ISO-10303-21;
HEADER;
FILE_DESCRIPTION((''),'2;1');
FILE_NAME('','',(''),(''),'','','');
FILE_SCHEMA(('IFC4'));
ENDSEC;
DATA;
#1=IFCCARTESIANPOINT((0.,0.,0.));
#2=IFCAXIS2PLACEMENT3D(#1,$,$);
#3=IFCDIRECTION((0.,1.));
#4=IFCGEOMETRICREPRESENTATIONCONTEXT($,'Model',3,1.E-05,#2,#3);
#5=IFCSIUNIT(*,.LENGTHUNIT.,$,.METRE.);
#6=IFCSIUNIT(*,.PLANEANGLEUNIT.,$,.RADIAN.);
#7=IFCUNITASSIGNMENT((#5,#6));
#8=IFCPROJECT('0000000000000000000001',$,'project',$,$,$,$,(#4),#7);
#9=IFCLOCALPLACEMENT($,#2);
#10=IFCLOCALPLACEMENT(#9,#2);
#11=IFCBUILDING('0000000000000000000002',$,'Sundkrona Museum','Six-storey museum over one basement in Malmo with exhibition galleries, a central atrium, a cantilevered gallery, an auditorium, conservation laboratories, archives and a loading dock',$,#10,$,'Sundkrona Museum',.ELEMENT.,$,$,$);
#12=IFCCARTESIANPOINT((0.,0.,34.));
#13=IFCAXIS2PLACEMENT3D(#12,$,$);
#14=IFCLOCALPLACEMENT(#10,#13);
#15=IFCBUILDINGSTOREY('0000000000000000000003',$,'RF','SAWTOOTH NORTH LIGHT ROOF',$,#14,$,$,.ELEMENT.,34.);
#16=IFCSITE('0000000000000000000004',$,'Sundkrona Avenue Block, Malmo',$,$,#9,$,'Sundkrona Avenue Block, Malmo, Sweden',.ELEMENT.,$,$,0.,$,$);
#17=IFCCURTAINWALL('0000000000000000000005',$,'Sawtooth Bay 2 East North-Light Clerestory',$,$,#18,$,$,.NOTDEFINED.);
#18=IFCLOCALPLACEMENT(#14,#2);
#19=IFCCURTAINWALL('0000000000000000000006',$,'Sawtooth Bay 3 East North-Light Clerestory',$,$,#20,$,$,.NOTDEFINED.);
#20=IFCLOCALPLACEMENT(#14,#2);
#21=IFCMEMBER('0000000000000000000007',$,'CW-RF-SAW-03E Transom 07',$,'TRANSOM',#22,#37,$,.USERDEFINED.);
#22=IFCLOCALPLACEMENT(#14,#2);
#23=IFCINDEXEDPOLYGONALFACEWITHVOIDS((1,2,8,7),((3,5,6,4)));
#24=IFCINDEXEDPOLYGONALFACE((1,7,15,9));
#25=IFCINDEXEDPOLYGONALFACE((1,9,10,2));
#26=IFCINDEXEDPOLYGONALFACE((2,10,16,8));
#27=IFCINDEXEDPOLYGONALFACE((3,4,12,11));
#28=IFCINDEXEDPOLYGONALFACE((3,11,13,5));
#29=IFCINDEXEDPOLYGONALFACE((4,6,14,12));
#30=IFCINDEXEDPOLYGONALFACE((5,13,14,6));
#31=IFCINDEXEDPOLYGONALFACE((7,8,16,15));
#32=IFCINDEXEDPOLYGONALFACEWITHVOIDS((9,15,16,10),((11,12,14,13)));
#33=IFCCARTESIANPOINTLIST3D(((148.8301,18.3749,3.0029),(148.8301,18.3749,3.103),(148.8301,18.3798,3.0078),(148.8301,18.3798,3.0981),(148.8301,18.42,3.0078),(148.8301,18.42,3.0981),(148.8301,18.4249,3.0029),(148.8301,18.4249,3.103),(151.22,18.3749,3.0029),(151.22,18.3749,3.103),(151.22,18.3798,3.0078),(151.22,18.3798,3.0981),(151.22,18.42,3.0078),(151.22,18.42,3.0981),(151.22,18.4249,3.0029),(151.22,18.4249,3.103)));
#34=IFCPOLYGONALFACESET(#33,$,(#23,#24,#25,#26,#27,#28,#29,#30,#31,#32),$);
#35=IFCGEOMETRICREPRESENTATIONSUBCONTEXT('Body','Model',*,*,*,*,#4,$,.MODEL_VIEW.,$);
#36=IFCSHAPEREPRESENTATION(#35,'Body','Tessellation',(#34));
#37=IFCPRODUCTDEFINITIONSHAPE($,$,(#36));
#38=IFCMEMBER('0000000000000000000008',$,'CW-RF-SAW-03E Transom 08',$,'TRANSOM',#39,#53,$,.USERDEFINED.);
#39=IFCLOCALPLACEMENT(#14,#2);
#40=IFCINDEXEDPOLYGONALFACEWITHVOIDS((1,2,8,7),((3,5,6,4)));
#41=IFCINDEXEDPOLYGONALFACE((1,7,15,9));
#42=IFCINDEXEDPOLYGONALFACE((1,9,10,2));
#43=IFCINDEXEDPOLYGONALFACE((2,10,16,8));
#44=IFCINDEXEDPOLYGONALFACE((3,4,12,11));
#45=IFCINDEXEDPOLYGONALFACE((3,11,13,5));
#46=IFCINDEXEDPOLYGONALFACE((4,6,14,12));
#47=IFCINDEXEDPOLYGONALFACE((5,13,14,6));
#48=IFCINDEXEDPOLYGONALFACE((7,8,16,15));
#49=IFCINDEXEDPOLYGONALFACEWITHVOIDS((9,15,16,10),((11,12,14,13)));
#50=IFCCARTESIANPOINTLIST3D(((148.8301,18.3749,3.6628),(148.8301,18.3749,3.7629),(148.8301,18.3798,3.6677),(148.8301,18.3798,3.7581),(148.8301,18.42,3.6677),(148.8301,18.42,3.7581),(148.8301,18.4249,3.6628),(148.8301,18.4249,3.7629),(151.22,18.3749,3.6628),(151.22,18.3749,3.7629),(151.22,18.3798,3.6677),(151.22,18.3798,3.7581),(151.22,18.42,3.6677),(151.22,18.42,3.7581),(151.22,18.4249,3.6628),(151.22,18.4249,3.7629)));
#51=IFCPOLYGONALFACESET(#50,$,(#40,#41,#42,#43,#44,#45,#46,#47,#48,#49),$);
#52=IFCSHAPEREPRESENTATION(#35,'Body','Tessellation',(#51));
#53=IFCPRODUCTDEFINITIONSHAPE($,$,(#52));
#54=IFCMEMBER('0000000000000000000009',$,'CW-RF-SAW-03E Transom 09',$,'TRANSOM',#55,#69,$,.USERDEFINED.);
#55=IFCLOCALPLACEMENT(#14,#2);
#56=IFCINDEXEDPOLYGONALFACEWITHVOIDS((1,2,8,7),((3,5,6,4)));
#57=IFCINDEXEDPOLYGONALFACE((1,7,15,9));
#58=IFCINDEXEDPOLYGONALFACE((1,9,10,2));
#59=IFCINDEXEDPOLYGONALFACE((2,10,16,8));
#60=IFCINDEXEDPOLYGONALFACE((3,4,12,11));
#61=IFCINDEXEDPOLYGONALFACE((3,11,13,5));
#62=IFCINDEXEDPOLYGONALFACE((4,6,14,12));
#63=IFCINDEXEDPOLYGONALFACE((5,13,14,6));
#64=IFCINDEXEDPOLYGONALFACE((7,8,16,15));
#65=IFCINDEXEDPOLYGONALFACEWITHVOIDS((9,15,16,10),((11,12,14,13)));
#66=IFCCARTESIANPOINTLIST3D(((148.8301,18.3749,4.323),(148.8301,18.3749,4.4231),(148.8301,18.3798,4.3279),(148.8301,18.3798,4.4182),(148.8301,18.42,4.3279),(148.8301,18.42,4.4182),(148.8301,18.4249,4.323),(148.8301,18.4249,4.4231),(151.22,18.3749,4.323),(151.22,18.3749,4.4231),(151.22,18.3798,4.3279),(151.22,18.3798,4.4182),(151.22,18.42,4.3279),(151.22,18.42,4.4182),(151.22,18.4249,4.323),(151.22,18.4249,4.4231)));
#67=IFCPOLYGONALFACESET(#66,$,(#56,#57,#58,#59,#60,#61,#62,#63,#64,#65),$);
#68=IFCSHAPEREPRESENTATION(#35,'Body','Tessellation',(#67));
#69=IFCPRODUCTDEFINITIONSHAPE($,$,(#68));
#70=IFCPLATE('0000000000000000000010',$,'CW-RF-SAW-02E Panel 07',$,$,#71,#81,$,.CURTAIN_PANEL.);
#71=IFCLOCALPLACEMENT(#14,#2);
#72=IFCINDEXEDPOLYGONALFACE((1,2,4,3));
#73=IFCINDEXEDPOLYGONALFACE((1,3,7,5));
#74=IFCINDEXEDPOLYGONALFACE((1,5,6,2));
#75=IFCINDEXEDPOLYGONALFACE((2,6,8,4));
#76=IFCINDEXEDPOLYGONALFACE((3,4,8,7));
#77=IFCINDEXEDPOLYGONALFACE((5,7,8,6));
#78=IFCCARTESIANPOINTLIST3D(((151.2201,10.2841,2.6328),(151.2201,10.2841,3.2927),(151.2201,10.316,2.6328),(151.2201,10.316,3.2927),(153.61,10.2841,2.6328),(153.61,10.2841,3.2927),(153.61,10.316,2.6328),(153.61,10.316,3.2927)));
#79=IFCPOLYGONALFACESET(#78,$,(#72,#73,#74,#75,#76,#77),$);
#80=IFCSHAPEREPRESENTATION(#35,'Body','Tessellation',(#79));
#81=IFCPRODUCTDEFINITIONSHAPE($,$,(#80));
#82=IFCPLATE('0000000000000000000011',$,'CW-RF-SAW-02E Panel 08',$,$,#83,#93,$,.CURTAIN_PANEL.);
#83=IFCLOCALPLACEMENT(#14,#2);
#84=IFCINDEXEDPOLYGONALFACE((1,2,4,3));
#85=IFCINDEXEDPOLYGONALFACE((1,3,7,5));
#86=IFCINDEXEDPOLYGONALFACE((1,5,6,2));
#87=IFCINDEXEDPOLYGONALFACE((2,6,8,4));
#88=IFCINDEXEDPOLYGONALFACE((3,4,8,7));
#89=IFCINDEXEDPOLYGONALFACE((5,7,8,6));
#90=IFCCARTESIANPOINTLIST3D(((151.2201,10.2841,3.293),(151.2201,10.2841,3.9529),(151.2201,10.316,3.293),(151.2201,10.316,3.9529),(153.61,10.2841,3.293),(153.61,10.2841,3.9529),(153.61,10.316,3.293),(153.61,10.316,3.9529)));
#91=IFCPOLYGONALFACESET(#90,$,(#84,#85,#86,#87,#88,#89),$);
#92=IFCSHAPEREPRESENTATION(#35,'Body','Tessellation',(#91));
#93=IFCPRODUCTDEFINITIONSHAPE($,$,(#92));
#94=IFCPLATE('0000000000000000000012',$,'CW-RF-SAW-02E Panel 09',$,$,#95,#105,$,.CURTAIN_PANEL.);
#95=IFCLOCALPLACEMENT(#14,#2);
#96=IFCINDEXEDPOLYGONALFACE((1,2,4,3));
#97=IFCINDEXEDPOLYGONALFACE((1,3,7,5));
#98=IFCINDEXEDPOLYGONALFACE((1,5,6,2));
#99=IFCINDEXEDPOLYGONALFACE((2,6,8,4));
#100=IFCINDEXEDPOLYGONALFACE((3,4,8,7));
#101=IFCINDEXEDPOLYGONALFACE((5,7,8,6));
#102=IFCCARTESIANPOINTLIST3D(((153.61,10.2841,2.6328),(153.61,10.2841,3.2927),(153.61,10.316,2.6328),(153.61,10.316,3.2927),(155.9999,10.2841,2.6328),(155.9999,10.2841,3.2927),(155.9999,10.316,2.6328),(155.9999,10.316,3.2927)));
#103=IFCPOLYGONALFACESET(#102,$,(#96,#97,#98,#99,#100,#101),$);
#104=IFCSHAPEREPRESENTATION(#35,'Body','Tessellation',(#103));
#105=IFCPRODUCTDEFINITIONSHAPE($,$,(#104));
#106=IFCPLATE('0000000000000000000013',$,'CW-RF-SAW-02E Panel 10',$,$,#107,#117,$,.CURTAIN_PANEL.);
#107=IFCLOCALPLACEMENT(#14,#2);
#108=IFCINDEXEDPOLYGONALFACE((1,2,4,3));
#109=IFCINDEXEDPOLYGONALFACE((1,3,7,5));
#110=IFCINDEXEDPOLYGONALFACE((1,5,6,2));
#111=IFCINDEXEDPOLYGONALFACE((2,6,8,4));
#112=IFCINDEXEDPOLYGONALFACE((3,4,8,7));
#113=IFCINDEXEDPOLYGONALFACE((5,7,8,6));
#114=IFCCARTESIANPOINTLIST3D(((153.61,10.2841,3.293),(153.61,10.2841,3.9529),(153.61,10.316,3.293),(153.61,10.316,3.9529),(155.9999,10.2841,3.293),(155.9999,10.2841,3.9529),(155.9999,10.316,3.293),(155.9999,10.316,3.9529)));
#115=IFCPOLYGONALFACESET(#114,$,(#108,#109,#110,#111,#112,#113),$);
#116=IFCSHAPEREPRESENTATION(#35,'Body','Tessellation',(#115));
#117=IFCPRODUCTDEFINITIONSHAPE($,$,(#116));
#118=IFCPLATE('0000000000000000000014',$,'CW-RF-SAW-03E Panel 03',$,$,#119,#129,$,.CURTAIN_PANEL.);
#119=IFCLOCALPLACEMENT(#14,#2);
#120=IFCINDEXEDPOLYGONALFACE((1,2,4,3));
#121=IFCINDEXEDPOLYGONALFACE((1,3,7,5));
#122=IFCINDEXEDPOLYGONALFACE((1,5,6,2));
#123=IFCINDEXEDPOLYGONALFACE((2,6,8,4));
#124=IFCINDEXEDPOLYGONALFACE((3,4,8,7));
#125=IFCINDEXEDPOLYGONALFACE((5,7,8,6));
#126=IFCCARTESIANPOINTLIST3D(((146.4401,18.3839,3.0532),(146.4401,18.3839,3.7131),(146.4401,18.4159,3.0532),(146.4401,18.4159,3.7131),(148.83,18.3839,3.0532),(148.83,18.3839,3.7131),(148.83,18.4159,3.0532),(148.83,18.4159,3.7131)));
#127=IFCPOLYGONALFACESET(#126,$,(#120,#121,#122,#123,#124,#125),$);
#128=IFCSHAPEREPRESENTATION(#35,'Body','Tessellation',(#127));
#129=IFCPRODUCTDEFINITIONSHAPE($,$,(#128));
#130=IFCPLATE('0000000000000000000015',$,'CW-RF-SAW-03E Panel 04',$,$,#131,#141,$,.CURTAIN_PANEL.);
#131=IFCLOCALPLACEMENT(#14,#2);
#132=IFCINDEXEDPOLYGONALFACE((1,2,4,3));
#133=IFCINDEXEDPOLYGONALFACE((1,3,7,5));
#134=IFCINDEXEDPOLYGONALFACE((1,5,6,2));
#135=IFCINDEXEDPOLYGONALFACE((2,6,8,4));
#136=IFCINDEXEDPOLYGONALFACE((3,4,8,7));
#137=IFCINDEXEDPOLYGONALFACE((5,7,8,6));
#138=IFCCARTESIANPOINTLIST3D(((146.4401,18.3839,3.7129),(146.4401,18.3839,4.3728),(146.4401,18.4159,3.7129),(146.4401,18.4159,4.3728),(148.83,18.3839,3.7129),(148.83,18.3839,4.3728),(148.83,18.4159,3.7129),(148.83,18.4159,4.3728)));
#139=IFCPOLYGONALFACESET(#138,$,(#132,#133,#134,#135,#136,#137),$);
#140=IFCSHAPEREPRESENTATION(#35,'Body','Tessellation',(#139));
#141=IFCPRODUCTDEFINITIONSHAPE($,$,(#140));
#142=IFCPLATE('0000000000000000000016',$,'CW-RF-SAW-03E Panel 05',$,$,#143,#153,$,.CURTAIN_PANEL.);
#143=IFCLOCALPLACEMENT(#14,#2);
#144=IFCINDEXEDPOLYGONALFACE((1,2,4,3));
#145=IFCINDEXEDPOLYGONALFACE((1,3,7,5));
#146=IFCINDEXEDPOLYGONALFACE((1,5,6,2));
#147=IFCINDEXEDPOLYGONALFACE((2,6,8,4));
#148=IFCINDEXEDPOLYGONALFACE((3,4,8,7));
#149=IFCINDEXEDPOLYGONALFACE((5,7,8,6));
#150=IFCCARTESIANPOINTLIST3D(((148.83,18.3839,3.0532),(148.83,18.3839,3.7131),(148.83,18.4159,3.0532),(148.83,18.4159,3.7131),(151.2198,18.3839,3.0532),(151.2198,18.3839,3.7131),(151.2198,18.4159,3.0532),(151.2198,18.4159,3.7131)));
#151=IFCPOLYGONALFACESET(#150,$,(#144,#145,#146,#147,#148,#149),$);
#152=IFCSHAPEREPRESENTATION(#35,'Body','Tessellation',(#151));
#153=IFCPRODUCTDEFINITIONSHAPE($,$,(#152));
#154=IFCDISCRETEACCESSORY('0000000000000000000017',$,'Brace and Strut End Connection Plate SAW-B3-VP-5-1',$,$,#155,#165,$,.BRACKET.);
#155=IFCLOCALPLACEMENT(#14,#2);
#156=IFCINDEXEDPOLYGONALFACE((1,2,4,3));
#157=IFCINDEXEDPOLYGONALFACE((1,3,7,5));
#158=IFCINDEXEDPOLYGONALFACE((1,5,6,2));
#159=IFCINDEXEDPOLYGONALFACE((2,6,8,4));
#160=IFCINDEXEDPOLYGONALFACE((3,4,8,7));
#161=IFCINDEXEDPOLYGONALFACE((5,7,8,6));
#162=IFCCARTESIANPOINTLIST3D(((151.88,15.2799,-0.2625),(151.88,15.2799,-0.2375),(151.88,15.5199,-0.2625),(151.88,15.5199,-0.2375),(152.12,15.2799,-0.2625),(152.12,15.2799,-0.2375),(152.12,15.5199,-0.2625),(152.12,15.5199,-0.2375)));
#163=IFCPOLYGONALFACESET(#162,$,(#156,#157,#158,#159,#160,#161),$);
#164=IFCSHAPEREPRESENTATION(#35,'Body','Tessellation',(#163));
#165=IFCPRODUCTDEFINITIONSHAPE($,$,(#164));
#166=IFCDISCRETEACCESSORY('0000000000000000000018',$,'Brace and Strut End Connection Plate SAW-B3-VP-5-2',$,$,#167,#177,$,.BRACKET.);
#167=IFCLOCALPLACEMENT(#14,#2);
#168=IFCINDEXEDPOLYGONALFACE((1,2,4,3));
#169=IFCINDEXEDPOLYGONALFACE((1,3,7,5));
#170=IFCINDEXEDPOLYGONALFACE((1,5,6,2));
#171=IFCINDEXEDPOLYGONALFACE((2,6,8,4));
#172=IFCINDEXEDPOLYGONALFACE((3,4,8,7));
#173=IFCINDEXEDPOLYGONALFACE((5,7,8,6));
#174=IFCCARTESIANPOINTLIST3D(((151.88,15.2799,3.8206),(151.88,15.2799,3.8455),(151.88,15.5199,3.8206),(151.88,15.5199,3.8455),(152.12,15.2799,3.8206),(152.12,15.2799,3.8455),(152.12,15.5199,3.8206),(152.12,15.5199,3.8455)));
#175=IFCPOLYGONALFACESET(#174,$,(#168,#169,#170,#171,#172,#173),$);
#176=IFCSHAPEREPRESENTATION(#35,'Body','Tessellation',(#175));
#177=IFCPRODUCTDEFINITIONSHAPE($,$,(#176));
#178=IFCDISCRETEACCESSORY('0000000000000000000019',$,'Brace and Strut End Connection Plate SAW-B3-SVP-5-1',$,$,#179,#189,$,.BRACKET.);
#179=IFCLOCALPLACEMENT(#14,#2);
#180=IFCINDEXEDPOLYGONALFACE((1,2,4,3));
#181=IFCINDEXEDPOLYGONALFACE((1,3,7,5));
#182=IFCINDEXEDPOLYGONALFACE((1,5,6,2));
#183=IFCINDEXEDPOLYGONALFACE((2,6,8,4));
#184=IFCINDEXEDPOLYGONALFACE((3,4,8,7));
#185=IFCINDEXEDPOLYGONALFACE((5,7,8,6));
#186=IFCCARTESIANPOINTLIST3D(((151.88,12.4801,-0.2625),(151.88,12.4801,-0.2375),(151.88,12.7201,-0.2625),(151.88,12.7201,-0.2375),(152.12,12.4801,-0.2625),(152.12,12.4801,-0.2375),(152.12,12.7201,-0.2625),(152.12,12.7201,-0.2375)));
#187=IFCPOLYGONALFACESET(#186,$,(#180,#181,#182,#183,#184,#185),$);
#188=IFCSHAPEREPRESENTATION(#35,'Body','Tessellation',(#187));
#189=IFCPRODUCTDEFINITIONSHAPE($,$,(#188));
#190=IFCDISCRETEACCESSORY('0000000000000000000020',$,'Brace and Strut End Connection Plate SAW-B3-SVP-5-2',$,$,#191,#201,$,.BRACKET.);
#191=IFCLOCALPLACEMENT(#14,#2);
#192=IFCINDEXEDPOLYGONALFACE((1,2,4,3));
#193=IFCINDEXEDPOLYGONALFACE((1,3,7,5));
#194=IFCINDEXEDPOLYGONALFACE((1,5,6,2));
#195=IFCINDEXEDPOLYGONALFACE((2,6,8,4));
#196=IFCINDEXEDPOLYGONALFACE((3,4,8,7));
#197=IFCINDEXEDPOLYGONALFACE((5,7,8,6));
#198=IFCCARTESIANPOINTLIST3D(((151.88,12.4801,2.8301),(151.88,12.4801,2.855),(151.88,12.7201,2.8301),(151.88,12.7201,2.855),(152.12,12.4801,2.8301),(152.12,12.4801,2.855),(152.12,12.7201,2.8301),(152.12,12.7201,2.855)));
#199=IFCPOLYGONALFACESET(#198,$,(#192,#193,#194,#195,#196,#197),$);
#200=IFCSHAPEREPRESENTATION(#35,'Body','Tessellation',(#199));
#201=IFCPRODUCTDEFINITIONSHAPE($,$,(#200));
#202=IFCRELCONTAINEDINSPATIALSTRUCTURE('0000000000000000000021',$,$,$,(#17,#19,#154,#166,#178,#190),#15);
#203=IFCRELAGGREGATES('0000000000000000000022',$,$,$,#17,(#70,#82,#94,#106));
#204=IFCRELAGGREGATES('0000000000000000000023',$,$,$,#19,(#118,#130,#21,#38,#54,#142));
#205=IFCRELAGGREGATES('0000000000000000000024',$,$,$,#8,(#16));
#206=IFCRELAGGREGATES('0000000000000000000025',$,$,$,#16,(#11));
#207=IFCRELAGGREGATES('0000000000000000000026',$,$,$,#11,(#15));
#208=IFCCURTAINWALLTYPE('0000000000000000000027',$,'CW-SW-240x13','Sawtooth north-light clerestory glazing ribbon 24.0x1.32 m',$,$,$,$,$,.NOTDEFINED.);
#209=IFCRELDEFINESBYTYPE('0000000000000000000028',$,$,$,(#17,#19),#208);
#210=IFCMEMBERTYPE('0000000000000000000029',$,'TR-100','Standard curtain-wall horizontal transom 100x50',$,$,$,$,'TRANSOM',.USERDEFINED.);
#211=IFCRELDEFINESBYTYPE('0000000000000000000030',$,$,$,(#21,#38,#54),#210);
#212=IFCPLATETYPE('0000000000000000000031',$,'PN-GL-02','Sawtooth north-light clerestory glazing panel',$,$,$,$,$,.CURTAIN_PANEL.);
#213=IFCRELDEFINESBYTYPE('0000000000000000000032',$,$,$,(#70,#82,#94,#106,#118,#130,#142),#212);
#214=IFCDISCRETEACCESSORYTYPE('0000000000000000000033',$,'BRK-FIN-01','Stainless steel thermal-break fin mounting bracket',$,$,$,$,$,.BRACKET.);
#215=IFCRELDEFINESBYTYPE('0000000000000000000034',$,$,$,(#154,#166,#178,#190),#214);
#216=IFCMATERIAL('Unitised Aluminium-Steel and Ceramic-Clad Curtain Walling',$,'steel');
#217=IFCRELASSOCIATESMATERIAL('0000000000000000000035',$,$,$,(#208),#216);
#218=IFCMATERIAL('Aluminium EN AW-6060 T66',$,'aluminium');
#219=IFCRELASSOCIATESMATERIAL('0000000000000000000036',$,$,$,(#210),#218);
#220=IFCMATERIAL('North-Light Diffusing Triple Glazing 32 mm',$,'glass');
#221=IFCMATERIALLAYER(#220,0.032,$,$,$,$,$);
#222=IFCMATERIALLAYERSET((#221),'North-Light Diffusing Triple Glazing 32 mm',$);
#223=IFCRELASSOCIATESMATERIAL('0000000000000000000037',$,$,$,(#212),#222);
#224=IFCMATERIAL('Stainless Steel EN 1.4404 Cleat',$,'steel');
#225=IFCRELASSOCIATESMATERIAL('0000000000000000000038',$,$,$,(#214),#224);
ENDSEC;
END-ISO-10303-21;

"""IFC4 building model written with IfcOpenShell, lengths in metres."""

from ifc_helpers import new_model, si_unit, direction, frame, origin, origin_2d, place, context, subcontext, project, spatial, rectangle, hollow_rectangle, extrude, material, layer, layer_set, material_profile, profile_set, type_object, element, aggregate, save


model = new_model("IFC4")

# Units and contexts
model_context = context("Model", 3, precision=1e-05, world=origin(), true_north=direction((0.0, 1.0)))
body_context = subcontext(model_context, "Body", "Model", "MODEL_VIEW")
ifc_project = project(units=[si_unit("LENGTHUNIT", "METRE"), si_unit("PLANEANGLEUNIT", "RADIAN")], contexts=[model_context])

# Site, building, storey
site_placement = place(None, origin())
site = spatial("IfcSite", under=ifc_project, at=site_placement, Name="Sundkrona Avenue Block, Malmo", LongName="Sundkrona Avenue Block, Malmo, Sweden", CompositionType="ELEMENT", RefElevation=0.0)
building_placement = place(site_placement, origin())
building = spatial("IfcBuilding", under=site, at=building_placement, Name="Sundkrona Museum", Description="Six-storey museum over one basement in Malmo with exhibition galleries, a central atrium, a cantilevered gallery, an auditorium, conservation laboratories, archives and a loading dock", LongName="Sundkrona Museum", CompositionType="ELEMENT")
storey_placement = place(building_placement, frame((0.0, 0.0, 34.0)))
storey = spatial("IfcBuildingStorey", under=building, at=storey_placement, Name="RF", Description="SAWTOOTH NORTH LIGHT ROOF", CompositionType="ELEMENT", Elevation=34.0)

# Curtain walls
ifc_material_1 = material(Name="Unitised Aluminium-Steel and Ceramic-Clad Curtain Walling", Category="steel")
curtain_wall_type = type_object("IfcCurtainWallType", Name="CW-SW-240x13", Description="Sawtooth north-light clerestory glazing ribbon 24.0x1.32 m", PredefinedType="NOTDEFINED", material=ifc_material_1)
curtain_wall_1_placement = place(storey_placement, origin())
curtain_wall_1 = element("IfcCurtainWall", 1, at=curtain_wall_1_placement, inside=storey, type_object=curtain_wall_type, Name="Sawtooth Bay 2 East North-Light Clerestory", PredefinedType="NOTDEFINED")
ifc_material_2 = material(Name="Aluminium EN AW-6060 T66", Category="aluminium")
curtain_wall_2_placement = place(storey_placement, origin())
curtain_wall_2 = element("IfcCurtainWall", 2, at=curtain_wall_2_placement, inside=storey, type_object=curtain_wall_type, Name="Sawtooth Bay 3 East North-Light Clerestory", PredefinedType="NOTDEFINED")

# Members
ifc_material_profile_1 = material_profile(ifc_material_2, hollow_rectangle(XDim=0.05, YDim=0.1001, WallThickness=0.0049, at=origin_2d()), Name="RHS 100x50x5.0")
ifc_profile_set_1 = profile_set([ifc_material_profile_1], Name="Aluminium EN AW-6060 T66")
member_type_1 = type_object("IfcMemberType", Name="TR-100", Description="Standard curtain-wall horizontal transom 100x50", ElementType="TRANSOM", PredefinedType="USERDEFINED", material=ifc_profile_set_1)
member_1_placement = place(storey_placement, frame((148.8301, 18.3999, 3.053), z_axis=(1.0, 0.0, 0.0), x_axis=(0.0, 1.0, 0.0)))
member_1 = element("IfcMember", 3, at=member_1_placement, type_object=member_type_1, Name="CW-RF-SAW-03E Transom 07", ObjectType="TRANSOM", PredefinedType="USERDEFINED", context=body_context, shape_type="SweptSolid", body=[
    extrude(hollow_rectangle(XDim=0.05, YDim=0.1001, WallThickness=0.0049, at=origin_2d()), origin(), (0.0, 0.0, 1.0), 2.3899),
])
member_2_placement = place(storey_placement, frame((148.8301, 18.3999, 3.7129), z_axis=(1.0, 0.0, 0.0), x_axis=(0.0, 1.0, 0.0)))
member_2 = element("IfcMember", 4, at=member_2_placement, type_object=member_type_1, Name="CW-RF-SAW-03E Transom 08", ObjectType="TRANSOM", PredefinedType="USERDEFINED", context=body_context, shape_type="SweptSolid", body=[
    extrude(hollow_rectangle(XDim=0.05, YDim=0.1001, WallThickness=0.0049, at=origin_2d()), origin(), (0.0, 0.0, 1.0), 2.3899),
])
member_3_placement = place(storey_placement, frame((148.8301, 18.3999, 4.373), z_axis=(1.0, 0.0, 0.0), x_axis=(0.0, 1.0, 0.0)))
member_3 = element("IfcMember", 5, at=member_3_placement, type_object=member_type_1, Name="CW-RF-SAW-03E Transom 09", ObjectType="TRANSOM", PredefinedType="USERDEFINED", context=body_context, shape_type="SweptSolid", body=[
    extrude(hollow_rectangle(XDim=0.05, YDim=0.1001, WallThickness=0.0049, at=origin_2d()), origin(), (0.0, 0.0, 1.0), 2.3899),
])

# Plates
ifc_material_3 = material(Name="North-Light Diffusing Triple Glazing 32 mm", Category="glass")
ifc_layer = layer(ifc_material_3, 0.032)
ifc_layer_set = layer_set([ifc_layer], Name="North-Light Diffusing Triple Glazing 32 mm")
plate_type = type_object("IfcPlateType", Name="PN-GL-02", Description="Sawtooth north-light clerestory glazing panel", PredefinedType="CURTAIN_PANEL", material=ifc_layer_set)
plate_1_placement = place(storey_placement, frame((152.415, 10.3, 2.6328), z_axis=(0.0, 0.0, 1.0), x_axis=(1.0, 0.0, 0.0)))
plate_1 = element("IfcPlate", 6, at=plate_1_placement, type_object=plate_type, Name="CW-RF-SAW-02E Panel 07", PredefinedType="CURTAIN_PANEL", context=body_context, shape_type="SweptSolid", body=[
    extrude(rectangle(XDim=2.3899, YDim=0.032, at=origin_2d()), origin(), (0.0, 0.0, 1.0), 0.6599),
])
plate_2_placement = place(storey_placement, frame((152.415, 10.3, 3.293), z_axis=(0.0, 0.0, 1.0), x_axis=(1.0, 0.0, 0.0)))
plate_2 = element("IfcPlate", 7, at=plate_2_placement, type_object=plate_type, Name="CW-RF-SAW-02E Panel 08", PredefinedType="CURTAIN_PANEL", context=body_context, shape_type="SweptSolid", body=[
    extrude(rectangle(XDim=2.3899, YDim=0.032, at=origin_2d()), origin(), (0.0, 0.0, 1.0), 0.6599),
])
plate_3_placement = place(storey_placement, frame((154.8049, 10.3, 2.6328), z_axis=(0.0, 0.0, 1.0), x_axis=(1.0, 0.0, 0.0)))
plate_3 = element("IfcPlate", 8, at=plate_3_placement, type_object=plate_type, Name="CW-RF-SAW-02E Panel 09", PredefinedType="CURTAIN_PANEL", context=body_context, shape_type="SweptSolid", body=[
    extrude(rectangle(XDim=2.3899, YDim=0.032, at=origin_2d()), origin(), (0.0, 0.0, 1.0), 0.6599),
])
plate_4_placement = place(storey_placement, frame((154.8049, 10.3, 3.293), z_axis=(0.0, 0.0, 1.0), x_axis=(1.0, 0.0, 0.0)))
plate_4 = element("IfcPlate", 9, at=plate_4_placement, type_object=plate_type, Name="CW-RF-SAW-02E Panel 10", PredefinedType="CURTAIN_PANEL", context=body_context, shape_type="SweptSolid", body=[
    extrude(rectangle(XDim=2.3899, YDim=0.032, at=origin_2d()), origin(), (0.0, 0.0, 1.0), 0.6599),
])
aggregate(curtain_wall_1, [plate_1, plate_2, plate_3, plate_4])
plate_5_placement = place(storey_placement, frame((147.635, 18.3999, 3.0532), z_axis=(0.0, 0.0, 1.0), x_axis=(1.0, 0.0, 0.0)))
plate_5 = element("IfcPlate", 10, at=plate_5_placement, type_object=plate_type, Name="CW-RF-SAW-03E Panel 03", PredefinedType="CURTAIN_PANEL", context=body_context, shape_type="SweptSolid", body=[
    extrude(rectangle(XDim=2.3899, YDim=0.032, at=origin_2d()), origin(), (0.0, 0.0, 1.0), 0.6599),
])
plate_6_placement = place(storey_placement, frame((147.635, 18.3999, 3.7129), z_axis=(0.0, 0.0, 1.0), x_axis=(1.0, 0.0, 0.0)))
plate_6 = element("IfcPlate", 11, at=plate_6_placement, type_object=plate_type, Name="CW-RF-SAW-03E Panel 04", PredefinedType="CURTAIN_PANEL", context=body_context, shape_type="SweptSolid", body=[
    extrude(rectangle(XDim=2.3899, YDim=0.032, at=origin_2d()), origin(), (0.0, 0.0, 1.0), 0.6599),
])
plate_7_placement = place(storey_placement, frame((150.0249, 18.3999, 3.0532), z_axis=(0.0, 0.0, 1.0), x_axis=(1.0, 0.0, 0.0)))
plate_7 = element("IfcPlate", 12, at=plate_7_placement, type_object=plate_type, Name="CW-RF-SAW-03E Panel 05", PredefinedType="CURTAIN_PANEL", context=body_context, shape_type="SweptSolid", body=[
    extrude(rectangle(XDim=2.3899, YDim=0.032, at=origin_2d()), origin(), (0.0, 0.0, 1.0), 0.6599),
])
aggregate(curtain_wall_2, [plate_5, plate_6, member_1, member_2, member_3, plate_7])

# Discrete accessories
ifc_material_4 = material(Name="Stainless Steel EN 1.4404 Cleat", Category="steel")
discrete_accessory_type = type_object("IfcDiscreteAccessoryType", Name="BRK-FIN-01", Description="Stainless steel thermal-break fin mounting bracket", PredefinedType="BRACKET", material=ifc_material_4)
for number, where, z_axis, x_axis, name in (
    (13, (152.0, 15.3999, -0.2625), (0.0, 0.0, 1.0), (1.0, 0.0, 0.0), "Brace and Strut End Connection Plate SAW-B3-VP-5-1"),
    (14, (152.0, 15.3999, 3.8206), (0.0, 0.0, 1.0), (1.0, 0.0, 0.0), "Brace and Strut End Connection Plate SAW-B3-VP-5-2"),
    (15, (152.0, 12.6001, -0.2625), (0.0, 0.0, 1.0), (1.0, 0.0, 0.0), "Brace and Strut End Connection Plate SAW-B3-SVP-5-1"),
    (16, (152.0, 12.6001, 2.8301), (0.0, 0.0, 1.0), (1.0, 0.0, 0.0), "Brace and Strut End Connection Plate SAW-B3-SVP-5-2"),
):
    element("IfcDiscreteAccessory", number, at=place(storey_placement, frame(where, z_axis=z_axis, x_axis=x_axis)), inside=storey, type_object=discrete_accessory_type, Name=name, PredefinedType="BRACKET", context=body_context, shape_type="SweptSolid", body=[
        extrude(rectangle(XDim=0.24, YDim=0.24, at=origin_2d()), origin(), (0.0, 0.0, 1.0), 0.0249),
    ])

save(model, "model.ifc")
